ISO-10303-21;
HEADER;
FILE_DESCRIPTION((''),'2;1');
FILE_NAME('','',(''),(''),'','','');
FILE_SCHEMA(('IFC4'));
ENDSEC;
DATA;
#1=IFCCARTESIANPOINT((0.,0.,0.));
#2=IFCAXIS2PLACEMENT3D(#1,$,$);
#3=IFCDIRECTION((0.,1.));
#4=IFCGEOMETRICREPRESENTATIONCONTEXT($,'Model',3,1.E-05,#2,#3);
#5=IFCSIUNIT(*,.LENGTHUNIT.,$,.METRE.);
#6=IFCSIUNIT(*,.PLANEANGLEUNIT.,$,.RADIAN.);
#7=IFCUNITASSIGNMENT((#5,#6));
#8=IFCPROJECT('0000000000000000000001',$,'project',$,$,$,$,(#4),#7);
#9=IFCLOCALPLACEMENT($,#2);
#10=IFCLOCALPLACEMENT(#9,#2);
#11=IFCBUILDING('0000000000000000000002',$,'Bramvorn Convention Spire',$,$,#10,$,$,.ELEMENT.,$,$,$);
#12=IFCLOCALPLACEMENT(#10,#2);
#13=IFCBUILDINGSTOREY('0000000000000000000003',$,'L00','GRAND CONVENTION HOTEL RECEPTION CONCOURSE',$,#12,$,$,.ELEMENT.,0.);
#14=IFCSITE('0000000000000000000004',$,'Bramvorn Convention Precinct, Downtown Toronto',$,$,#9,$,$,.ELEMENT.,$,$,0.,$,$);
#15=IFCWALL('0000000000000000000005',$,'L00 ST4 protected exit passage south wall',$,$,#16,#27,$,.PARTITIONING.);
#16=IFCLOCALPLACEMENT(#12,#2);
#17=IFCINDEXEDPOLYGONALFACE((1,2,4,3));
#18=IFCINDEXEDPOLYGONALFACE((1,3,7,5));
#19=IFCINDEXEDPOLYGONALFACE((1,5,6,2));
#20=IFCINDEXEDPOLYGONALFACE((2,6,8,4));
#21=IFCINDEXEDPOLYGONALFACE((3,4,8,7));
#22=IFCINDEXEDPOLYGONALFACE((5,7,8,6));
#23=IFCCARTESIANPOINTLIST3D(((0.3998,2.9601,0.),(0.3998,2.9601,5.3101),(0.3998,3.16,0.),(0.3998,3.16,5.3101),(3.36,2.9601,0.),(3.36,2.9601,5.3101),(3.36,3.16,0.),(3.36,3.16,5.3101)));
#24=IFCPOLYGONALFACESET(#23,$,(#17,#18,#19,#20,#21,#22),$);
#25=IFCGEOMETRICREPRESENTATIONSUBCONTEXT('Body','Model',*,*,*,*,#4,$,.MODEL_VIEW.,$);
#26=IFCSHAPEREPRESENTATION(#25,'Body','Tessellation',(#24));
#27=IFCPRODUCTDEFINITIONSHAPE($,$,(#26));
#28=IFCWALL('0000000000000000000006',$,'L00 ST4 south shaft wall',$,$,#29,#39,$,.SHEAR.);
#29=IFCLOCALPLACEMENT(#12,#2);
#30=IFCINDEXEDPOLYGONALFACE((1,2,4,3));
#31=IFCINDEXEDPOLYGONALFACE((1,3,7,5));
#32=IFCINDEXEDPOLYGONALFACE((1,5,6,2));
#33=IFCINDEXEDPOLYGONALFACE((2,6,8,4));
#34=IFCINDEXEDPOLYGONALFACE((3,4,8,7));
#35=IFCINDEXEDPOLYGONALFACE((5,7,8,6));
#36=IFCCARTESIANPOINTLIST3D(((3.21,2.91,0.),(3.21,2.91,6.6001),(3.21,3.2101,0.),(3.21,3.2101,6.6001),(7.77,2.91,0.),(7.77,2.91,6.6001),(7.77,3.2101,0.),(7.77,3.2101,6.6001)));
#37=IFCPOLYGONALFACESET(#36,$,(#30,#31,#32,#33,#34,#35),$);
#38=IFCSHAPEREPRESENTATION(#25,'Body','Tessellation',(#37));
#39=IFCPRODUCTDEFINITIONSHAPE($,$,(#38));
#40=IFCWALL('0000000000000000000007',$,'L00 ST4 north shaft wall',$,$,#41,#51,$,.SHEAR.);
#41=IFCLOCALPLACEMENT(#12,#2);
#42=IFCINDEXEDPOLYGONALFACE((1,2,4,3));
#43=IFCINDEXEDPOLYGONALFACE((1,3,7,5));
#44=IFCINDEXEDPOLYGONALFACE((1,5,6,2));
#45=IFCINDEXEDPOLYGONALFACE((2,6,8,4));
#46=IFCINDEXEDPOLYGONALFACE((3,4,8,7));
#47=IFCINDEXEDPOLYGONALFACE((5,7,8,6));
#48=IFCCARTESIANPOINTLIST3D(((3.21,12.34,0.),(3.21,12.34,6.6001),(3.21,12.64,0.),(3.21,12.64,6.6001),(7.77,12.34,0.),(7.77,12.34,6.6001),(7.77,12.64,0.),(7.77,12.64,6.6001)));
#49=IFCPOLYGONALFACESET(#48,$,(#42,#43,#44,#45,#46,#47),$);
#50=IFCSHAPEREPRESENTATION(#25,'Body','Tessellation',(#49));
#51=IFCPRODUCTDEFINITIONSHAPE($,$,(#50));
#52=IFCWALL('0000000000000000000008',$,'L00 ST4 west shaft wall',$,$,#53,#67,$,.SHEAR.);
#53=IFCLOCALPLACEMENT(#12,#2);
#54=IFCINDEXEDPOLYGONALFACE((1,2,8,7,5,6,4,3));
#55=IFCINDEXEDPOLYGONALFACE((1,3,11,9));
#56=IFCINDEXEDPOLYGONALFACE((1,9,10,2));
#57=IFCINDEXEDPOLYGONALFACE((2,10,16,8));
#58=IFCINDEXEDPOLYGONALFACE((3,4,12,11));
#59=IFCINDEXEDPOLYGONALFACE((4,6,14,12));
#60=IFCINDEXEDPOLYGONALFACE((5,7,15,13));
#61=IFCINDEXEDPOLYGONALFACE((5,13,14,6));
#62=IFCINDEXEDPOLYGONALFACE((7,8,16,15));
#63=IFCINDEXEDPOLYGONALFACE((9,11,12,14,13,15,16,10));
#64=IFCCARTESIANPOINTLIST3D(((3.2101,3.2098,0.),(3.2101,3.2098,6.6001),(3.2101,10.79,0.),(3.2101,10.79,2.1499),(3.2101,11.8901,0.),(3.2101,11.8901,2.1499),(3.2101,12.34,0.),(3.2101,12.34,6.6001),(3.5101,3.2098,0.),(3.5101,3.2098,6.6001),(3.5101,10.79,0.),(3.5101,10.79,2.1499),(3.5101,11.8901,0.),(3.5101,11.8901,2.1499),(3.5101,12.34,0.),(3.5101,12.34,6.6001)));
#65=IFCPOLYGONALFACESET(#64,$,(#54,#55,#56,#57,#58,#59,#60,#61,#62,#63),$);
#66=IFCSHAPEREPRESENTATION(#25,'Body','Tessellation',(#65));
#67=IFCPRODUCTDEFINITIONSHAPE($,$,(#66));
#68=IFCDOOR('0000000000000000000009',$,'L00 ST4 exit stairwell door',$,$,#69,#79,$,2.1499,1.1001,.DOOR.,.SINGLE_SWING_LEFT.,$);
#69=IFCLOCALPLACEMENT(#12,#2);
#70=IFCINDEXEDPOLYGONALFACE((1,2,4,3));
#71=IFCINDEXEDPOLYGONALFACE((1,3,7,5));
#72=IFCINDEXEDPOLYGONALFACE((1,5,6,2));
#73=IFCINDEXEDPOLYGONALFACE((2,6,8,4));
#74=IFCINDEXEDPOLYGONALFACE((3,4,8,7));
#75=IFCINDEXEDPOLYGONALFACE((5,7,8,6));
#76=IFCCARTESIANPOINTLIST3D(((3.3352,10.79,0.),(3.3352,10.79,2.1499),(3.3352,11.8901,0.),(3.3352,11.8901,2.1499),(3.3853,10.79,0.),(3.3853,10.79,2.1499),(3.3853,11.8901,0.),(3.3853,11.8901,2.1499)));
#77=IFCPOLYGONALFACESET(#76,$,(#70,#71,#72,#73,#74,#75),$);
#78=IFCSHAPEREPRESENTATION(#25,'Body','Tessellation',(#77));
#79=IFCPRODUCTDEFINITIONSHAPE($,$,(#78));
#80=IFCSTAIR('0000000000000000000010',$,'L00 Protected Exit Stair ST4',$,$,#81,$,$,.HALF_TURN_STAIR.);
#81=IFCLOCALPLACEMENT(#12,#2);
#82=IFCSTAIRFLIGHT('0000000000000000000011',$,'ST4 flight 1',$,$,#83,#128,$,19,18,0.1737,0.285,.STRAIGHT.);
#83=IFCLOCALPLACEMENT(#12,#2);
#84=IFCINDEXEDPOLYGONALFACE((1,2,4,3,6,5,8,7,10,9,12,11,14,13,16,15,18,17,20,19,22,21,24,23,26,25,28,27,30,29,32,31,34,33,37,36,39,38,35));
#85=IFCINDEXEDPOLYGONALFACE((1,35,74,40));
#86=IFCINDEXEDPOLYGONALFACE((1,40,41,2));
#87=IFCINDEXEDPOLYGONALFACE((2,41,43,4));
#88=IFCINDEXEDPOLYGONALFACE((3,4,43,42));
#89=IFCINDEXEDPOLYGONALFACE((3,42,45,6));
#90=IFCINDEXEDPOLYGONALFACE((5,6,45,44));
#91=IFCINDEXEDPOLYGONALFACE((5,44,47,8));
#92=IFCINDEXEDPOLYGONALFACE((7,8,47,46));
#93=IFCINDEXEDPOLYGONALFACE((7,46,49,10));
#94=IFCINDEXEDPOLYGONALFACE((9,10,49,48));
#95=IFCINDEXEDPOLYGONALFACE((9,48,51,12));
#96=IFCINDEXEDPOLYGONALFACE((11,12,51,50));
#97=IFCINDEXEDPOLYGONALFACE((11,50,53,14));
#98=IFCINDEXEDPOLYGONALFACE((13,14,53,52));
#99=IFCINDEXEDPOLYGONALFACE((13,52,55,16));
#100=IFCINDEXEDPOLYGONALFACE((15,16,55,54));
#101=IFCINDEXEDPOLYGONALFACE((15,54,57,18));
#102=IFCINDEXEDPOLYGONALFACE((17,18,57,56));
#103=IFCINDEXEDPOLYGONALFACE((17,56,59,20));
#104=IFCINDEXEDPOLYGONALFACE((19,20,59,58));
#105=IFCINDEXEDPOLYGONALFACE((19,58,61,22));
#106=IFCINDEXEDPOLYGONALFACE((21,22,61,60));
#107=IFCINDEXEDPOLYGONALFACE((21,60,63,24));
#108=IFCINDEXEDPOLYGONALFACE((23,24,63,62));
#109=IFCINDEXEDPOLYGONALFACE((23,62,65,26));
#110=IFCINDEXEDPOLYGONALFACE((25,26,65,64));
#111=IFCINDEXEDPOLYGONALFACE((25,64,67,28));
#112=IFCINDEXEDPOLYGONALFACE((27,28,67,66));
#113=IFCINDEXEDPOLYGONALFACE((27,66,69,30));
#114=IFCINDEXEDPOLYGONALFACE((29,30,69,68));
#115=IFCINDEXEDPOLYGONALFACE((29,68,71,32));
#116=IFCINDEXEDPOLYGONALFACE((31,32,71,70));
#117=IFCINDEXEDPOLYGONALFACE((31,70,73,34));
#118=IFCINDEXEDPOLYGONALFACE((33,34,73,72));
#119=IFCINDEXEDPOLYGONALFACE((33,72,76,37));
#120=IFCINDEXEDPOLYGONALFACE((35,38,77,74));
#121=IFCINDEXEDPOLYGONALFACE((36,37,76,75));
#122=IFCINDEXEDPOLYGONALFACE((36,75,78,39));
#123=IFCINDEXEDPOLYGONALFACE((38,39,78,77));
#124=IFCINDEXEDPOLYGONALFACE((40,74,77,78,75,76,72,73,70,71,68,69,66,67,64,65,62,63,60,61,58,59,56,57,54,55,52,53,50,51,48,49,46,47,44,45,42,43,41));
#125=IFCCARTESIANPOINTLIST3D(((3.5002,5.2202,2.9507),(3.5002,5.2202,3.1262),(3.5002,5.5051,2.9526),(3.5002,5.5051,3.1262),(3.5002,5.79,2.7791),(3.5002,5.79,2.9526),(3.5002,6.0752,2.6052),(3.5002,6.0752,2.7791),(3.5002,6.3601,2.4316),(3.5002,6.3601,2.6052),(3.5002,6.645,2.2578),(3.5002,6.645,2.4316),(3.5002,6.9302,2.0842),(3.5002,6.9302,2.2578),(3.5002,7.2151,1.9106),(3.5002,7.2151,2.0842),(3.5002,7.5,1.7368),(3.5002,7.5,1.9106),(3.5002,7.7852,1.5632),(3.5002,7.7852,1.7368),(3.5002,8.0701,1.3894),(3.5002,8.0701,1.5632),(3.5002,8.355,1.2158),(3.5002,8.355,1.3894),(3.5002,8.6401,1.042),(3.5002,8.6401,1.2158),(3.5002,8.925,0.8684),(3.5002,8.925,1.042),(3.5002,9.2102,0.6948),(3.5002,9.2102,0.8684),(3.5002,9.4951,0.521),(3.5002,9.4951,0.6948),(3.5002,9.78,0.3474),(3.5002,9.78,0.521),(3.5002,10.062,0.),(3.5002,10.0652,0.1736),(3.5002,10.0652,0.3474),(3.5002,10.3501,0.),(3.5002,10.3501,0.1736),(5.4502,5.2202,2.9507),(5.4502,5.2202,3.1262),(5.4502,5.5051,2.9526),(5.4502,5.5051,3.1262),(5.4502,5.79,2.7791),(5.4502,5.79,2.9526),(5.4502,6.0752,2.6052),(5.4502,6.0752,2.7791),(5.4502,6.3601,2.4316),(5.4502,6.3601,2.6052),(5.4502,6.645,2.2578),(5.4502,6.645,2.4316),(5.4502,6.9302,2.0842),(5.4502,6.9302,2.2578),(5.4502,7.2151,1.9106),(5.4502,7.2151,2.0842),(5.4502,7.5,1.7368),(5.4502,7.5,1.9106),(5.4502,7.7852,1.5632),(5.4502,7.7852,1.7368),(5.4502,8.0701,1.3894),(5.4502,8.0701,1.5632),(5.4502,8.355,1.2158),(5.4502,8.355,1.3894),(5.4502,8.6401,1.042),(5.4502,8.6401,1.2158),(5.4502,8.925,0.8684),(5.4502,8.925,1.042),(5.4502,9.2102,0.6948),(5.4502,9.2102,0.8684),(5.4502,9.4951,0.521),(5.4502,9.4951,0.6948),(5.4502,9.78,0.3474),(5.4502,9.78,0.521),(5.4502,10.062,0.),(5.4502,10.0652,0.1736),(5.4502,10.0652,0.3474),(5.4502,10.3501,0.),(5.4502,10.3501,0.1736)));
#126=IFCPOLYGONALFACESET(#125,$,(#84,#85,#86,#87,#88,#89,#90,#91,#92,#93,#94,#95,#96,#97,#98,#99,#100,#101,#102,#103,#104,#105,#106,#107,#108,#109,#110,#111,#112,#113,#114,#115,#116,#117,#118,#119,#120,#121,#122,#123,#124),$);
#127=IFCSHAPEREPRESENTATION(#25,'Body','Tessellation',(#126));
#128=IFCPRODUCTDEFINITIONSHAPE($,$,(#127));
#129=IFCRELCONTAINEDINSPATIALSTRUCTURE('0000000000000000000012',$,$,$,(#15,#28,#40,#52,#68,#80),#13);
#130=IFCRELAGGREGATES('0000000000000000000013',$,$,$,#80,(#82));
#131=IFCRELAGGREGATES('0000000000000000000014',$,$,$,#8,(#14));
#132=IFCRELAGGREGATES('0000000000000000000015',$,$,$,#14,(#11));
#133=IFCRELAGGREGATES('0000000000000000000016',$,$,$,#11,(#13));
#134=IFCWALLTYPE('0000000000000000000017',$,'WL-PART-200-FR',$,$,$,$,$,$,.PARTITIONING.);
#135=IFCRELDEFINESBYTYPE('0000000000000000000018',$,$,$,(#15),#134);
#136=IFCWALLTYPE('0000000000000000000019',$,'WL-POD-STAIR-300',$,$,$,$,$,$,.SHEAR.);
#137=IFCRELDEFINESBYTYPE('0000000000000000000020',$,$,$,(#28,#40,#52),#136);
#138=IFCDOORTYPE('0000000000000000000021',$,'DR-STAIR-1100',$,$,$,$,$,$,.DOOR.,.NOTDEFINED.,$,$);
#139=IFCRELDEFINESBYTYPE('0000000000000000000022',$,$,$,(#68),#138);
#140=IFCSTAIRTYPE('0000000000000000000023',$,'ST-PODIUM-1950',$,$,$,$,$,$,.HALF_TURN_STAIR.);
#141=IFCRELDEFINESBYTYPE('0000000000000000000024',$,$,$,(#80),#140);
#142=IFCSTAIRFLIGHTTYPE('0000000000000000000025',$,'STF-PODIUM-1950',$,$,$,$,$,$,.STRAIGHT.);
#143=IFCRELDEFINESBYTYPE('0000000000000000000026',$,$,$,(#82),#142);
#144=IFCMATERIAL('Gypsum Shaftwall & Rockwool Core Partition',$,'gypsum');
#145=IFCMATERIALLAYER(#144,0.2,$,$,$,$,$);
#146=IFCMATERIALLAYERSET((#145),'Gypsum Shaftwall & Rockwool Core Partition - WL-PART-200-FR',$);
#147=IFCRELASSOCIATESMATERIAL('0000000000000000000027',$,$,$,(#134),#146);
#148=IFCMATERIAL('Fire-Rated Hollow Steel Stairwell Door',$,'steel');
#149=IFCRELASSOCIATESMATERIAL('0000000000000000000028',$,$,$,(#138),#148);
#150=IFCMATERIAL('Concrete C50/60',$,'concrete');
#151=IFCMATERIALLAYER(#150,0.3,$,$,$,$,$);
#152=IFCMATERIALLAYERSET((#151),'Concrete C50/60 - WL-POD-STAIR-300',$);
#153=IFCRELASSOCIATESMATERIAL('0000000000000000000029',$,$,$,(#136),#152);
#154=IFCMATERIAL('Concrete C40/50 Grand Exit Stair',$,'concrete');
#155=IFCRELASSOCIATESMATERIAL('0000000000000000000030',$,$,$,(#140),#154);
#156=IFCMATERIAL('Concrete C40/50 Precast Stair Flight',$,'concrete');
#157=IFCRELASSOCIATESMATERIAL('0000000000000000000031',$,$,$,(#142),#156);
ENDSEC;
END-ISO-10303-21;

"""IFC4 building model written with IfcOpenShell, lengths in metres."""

from ifc_helpers import new_model, si_unit, direction, frame, frame_2d, origin, place, context, subcontext, project, spatial, polyline, rectangle, outline, extrude, material, layer, layer_set, type_object, element, fill, aggregate, save


model = new_model("IFC4")

# Units and contexts
model_context = context("Model", 3, precision=1e-05, world=origin(), true_north=direction((0.0, 1.0)))
body_context = subcontext(model_context, "Body", "Model", "MODEL_VIEW")
ifc_project = project(units=[si_unit("LENGTHUNIT", "METRE"), si_unit("PLANEANGLEUNIT", "RADIAN")], contexts=[model_context])

# Site, building, storey
site_placement = place(None, origin())
site = spatial("IfcSite", under=ifc_project, at=site_placement, Name="Bramvorn Convention Precinct, Downtown Toronto", CompositionType="ELEMENT", RefElevation=0.0)
building_placement = place(site_placement, origin())
building = spatial("IfcBuilding", under=site, at=building_placement, Name="Bramvorn Convention Spire", CompositionType="ELEMENT")
storey_placement = place(building_placement, origin())
storey = spatial("IfcBuildingStorey", under=building, at=storey_placement, Name="L00", Description="GRAND CONVENTION HOTEL RECEPTION CONCOURSE", CompositionType="ELEMENT", Elevation=0.0)

# Shared definitions
ifc_material_1 = material(Name="Concrete C50/60", Category="concrete")

# Shared definitions
ifc_material_2 = material(Name="Gypsum Shaftwall & Rockwool Core Partition", Category="gypsum")
ifc_layer_1 = layer(ifc_material_2, 0.2)
ifc_layer_set_1 = layer_set([ifc_layer_1], Name="Gypsum Shaftwall & Rockwool Core Partition - WL-PART-200-FR")
wall_type_1 = type_object("IfcWallType", Name="WL-PART-200-FR", PredefinedType="PARTITIONING", material=ifc_layer_set_1)
ifc_material_3 = material(Name="Fire-Rated Hollow Steel Stairwell Door", Category="steel")
door_type = type_object("IfcDoorType", Name="DR-STAIR-1100", OperationType="NOTDEFINED", PredefinedType="DOOR", material=ifc_material_3)

# Walls
wall_1_placement = place(storey_placement, frame((0.3999, 3.0601, 0.0), z_axis=(0.0, 0.0, 1.0), x_axis=(1.0, 0.0, 0.0)))
element("IfcWall", 1, at=wall_1_placement, inside=storey, type_object=wall_type_1, Name="L00 ST4 protected exit passage south wall", PredefinedType="PARTITIONING", context=body_context, shape_type="SweptSolid", body=[
    extrude(rectangle(XDim=2.9602, YDim=0.2, at=frame_2d((1.48, 0.0))), origin(), (0.0, 0.0, 1.0), 5.3101),
])
ifc_layer_2 = layer(ifc_material_1, 0.3)
ifc_layer_set_2 = layer_set([ifc_layer_2], Name="Concrete C50/60 - WL-POD-STAIR-300")
wall_type_2 = type_object("IfcWallType", Name="WL-POD-STAIR-300", PredefinedType="SHEAR", material=ifc_layer_set_2)
for number, where, z_axis, x_axis, name in (
    (2, (3.21, 3.0601, 0.0), (0.0, 0.0, 1.0), (1.0, 0.0, 0.0), "L00 ST4 south shaft wall"),
    (3, (3.21, 12.49, 0.0), (0.0, 0.0, 1.0), (1.0, 0.0, 0.0), "L00 ST4 north shaft wall"),
):
    element("IfcWall", number, at=place(storey_placement, frame(where, z_axis=z_axis, x_axis=x_axis)), inside=storey, type_object=wall_type_2, Name=name, PredefinedType="SHEAR", context=body_context, shape_type="SweptSolid", body=[
        extrude(rectangle(XDim=4.5601, YDim=0.3, at=frame_2d((2.28, 0.0))), origin(), (0.0, 0.0, 1.0), 6.6001),
    ])

# Wall, opening, door
wall_2_placement = place(storey_placement, frame((3.3601, 3.21, 0.0), z_axis=(0.0, 0.0, 1.0), x_axis=(0.0, 1.0, 0.0)))
wall_2 = element("IfcWall", 4, at=wall_2_placement, inside=storey, type_object=wall_type_2, Name="L00 ST4 west shaft wall", PredefinedType="SHEAR", context=body_context, shape_type="SweptSolid", body=[
    extrude(rectangle(XDim=9.1301, YDim=0.3, at=frame_2d((4.5649, 0.0))), origin(), (0.0, 0.0, 1.0), 6.6001),
])
opening_1_placement = place(wall_2_placement, frame((7.5801, 0.0, 0.0)))
opening_1 = element("IfcOpeningElement", 5, at=opening_1_placement, cuts=wall_2, PredefinedType="OPENING", context=body_context, shape_type="SweptSolid", body=[
    extrude(rectangle(XDim=1.1001, YDim=2.1499, at=frame_2d((0.55, 1.075))), frame((0.0, 0.1599, 0.0), z_axis=(0.0, -1.0, 0.0), x_axis=(1.0, 0.0, 0.0)), (0.0, 0.0, 1.0), 0.3201),
])
door_1_placement = place(opening_1_placement, origin())
door_1 = element("IfcDoor", 6, at=door_1_placement, inside=storey, type_object=door_type, Name="L00 ST4 exit stairwell door", OperationType="SINGLE_SWING_LEFT", OverallHeight=2.1499, OverallWidth=1.1001, PredefinedType="DOOR", context=body_context, shape_type="SweptSolid", body=[
    extrude(rectangle(XDim=1.1001, YDim=2.1499, at=frame_2d((0.55, 1.075))), frame((0.0, 0.0249, 0.0), z_axis=(0.0, -1.0, 0.0), x_axis=(1.0, 0.0, 0.0)), (0.0, 0.0, 1.0), 0.05),
])
fill(opening_1, door_1)

# Stair, stair flight
ifc_material_4 = material(Name="Concrete C40/50 Grand Exit Stair", Category="concrete")
stair_type = type_object("IfcStairType", Name="ST-PODIUM-1950", PredefinedType="HALF_TURN_STAIR", material=ifc_material_4)
stair_placement = place(storey_placement, origin())
stair = element("IfcStair", 7, at=stair_placement, inside=storey, type_object=stair_type, Name="L00 Protected Exit Stair ST4", PredefinedType="HALF_TURN_STAIR")
ifc_material_5 = material(Name="Concrete C40/50 Precast Stair Flight", Category="concrete")
stair_flight_type = type_object("IfcStairFlightType", Name="STF-PODIUM-1950", PredefinedType="STRAIGHT", material=ifc_material_5)
stair_flight_placement = place(storey_placement, frame((4.4751, 10.3501, 0.0), z_axis=(0.0, 0.0, 1.0), x_axis=(0.0, -1.0, 0.0)))
stair_flight = element("IfcStairFlight", 8, at=stair_flight_placement, type_object=stair_flight_type, Name="ST4 flight 1", NumberOfRisers=19, NumberOfTreads=18, PredefinedType="STRAIGHT", RiserHeight=0.1737, TreadLength=0.285, context=body_context, shape_type="SweptSolid", body=[
    extrude(outline(polyline([(0.0, 0.0), (0.0, 0.1736), (0.2849, 0.1736), (0.2849, 0.3474), (0.5701, 0.3474), (0.5701, 0.521), (0.855, 0.521), (0.855, 0.6948), (1.1399, 0.6948), (1.1399, 0.8684), (1.425, 0.8684), (1.425, 1.042), (1.71, 1.042), (1.71, 1.2158), (1.9951, 1.2158), (1.9951, 1.3894), (2.28, 1.3894), (2.28, 1.5632), (2.5649, 1.5632), (2.5649, 1.7368), (2.8501, 1.7368), (2.8501, 1.9106), (3.135, 1.9106), (3.135, 2.0842), (3.4199, 2.0842), (3.4199, 2.2578), (3.7051, 2.2578), (3.7051, 2.4316), (3.99, 2.4316), (3.99, 2.6052), (4.2749, 2.6052), (4.2749, 2.7791), (4.5601, 2.7791), (4.5601, 2.9526), (4.845, 2.9526), (4.845, 3.1262), (5.1299, 3.1262), (5.1299, 3.3), (5.1299, 2.9507), (0.2881, 0.0), (0.0, 0.0)])), frame((0.0, 0.9751, 0.0), z_axis=(0.0, -1.0, 0.0), x_axis=(1.0, 0.0, 0.0)), (0.0, 0.0, 1.0), 1.95),
])
aggregate(stair, [stair_flight])

save(model, "model.ifc")
